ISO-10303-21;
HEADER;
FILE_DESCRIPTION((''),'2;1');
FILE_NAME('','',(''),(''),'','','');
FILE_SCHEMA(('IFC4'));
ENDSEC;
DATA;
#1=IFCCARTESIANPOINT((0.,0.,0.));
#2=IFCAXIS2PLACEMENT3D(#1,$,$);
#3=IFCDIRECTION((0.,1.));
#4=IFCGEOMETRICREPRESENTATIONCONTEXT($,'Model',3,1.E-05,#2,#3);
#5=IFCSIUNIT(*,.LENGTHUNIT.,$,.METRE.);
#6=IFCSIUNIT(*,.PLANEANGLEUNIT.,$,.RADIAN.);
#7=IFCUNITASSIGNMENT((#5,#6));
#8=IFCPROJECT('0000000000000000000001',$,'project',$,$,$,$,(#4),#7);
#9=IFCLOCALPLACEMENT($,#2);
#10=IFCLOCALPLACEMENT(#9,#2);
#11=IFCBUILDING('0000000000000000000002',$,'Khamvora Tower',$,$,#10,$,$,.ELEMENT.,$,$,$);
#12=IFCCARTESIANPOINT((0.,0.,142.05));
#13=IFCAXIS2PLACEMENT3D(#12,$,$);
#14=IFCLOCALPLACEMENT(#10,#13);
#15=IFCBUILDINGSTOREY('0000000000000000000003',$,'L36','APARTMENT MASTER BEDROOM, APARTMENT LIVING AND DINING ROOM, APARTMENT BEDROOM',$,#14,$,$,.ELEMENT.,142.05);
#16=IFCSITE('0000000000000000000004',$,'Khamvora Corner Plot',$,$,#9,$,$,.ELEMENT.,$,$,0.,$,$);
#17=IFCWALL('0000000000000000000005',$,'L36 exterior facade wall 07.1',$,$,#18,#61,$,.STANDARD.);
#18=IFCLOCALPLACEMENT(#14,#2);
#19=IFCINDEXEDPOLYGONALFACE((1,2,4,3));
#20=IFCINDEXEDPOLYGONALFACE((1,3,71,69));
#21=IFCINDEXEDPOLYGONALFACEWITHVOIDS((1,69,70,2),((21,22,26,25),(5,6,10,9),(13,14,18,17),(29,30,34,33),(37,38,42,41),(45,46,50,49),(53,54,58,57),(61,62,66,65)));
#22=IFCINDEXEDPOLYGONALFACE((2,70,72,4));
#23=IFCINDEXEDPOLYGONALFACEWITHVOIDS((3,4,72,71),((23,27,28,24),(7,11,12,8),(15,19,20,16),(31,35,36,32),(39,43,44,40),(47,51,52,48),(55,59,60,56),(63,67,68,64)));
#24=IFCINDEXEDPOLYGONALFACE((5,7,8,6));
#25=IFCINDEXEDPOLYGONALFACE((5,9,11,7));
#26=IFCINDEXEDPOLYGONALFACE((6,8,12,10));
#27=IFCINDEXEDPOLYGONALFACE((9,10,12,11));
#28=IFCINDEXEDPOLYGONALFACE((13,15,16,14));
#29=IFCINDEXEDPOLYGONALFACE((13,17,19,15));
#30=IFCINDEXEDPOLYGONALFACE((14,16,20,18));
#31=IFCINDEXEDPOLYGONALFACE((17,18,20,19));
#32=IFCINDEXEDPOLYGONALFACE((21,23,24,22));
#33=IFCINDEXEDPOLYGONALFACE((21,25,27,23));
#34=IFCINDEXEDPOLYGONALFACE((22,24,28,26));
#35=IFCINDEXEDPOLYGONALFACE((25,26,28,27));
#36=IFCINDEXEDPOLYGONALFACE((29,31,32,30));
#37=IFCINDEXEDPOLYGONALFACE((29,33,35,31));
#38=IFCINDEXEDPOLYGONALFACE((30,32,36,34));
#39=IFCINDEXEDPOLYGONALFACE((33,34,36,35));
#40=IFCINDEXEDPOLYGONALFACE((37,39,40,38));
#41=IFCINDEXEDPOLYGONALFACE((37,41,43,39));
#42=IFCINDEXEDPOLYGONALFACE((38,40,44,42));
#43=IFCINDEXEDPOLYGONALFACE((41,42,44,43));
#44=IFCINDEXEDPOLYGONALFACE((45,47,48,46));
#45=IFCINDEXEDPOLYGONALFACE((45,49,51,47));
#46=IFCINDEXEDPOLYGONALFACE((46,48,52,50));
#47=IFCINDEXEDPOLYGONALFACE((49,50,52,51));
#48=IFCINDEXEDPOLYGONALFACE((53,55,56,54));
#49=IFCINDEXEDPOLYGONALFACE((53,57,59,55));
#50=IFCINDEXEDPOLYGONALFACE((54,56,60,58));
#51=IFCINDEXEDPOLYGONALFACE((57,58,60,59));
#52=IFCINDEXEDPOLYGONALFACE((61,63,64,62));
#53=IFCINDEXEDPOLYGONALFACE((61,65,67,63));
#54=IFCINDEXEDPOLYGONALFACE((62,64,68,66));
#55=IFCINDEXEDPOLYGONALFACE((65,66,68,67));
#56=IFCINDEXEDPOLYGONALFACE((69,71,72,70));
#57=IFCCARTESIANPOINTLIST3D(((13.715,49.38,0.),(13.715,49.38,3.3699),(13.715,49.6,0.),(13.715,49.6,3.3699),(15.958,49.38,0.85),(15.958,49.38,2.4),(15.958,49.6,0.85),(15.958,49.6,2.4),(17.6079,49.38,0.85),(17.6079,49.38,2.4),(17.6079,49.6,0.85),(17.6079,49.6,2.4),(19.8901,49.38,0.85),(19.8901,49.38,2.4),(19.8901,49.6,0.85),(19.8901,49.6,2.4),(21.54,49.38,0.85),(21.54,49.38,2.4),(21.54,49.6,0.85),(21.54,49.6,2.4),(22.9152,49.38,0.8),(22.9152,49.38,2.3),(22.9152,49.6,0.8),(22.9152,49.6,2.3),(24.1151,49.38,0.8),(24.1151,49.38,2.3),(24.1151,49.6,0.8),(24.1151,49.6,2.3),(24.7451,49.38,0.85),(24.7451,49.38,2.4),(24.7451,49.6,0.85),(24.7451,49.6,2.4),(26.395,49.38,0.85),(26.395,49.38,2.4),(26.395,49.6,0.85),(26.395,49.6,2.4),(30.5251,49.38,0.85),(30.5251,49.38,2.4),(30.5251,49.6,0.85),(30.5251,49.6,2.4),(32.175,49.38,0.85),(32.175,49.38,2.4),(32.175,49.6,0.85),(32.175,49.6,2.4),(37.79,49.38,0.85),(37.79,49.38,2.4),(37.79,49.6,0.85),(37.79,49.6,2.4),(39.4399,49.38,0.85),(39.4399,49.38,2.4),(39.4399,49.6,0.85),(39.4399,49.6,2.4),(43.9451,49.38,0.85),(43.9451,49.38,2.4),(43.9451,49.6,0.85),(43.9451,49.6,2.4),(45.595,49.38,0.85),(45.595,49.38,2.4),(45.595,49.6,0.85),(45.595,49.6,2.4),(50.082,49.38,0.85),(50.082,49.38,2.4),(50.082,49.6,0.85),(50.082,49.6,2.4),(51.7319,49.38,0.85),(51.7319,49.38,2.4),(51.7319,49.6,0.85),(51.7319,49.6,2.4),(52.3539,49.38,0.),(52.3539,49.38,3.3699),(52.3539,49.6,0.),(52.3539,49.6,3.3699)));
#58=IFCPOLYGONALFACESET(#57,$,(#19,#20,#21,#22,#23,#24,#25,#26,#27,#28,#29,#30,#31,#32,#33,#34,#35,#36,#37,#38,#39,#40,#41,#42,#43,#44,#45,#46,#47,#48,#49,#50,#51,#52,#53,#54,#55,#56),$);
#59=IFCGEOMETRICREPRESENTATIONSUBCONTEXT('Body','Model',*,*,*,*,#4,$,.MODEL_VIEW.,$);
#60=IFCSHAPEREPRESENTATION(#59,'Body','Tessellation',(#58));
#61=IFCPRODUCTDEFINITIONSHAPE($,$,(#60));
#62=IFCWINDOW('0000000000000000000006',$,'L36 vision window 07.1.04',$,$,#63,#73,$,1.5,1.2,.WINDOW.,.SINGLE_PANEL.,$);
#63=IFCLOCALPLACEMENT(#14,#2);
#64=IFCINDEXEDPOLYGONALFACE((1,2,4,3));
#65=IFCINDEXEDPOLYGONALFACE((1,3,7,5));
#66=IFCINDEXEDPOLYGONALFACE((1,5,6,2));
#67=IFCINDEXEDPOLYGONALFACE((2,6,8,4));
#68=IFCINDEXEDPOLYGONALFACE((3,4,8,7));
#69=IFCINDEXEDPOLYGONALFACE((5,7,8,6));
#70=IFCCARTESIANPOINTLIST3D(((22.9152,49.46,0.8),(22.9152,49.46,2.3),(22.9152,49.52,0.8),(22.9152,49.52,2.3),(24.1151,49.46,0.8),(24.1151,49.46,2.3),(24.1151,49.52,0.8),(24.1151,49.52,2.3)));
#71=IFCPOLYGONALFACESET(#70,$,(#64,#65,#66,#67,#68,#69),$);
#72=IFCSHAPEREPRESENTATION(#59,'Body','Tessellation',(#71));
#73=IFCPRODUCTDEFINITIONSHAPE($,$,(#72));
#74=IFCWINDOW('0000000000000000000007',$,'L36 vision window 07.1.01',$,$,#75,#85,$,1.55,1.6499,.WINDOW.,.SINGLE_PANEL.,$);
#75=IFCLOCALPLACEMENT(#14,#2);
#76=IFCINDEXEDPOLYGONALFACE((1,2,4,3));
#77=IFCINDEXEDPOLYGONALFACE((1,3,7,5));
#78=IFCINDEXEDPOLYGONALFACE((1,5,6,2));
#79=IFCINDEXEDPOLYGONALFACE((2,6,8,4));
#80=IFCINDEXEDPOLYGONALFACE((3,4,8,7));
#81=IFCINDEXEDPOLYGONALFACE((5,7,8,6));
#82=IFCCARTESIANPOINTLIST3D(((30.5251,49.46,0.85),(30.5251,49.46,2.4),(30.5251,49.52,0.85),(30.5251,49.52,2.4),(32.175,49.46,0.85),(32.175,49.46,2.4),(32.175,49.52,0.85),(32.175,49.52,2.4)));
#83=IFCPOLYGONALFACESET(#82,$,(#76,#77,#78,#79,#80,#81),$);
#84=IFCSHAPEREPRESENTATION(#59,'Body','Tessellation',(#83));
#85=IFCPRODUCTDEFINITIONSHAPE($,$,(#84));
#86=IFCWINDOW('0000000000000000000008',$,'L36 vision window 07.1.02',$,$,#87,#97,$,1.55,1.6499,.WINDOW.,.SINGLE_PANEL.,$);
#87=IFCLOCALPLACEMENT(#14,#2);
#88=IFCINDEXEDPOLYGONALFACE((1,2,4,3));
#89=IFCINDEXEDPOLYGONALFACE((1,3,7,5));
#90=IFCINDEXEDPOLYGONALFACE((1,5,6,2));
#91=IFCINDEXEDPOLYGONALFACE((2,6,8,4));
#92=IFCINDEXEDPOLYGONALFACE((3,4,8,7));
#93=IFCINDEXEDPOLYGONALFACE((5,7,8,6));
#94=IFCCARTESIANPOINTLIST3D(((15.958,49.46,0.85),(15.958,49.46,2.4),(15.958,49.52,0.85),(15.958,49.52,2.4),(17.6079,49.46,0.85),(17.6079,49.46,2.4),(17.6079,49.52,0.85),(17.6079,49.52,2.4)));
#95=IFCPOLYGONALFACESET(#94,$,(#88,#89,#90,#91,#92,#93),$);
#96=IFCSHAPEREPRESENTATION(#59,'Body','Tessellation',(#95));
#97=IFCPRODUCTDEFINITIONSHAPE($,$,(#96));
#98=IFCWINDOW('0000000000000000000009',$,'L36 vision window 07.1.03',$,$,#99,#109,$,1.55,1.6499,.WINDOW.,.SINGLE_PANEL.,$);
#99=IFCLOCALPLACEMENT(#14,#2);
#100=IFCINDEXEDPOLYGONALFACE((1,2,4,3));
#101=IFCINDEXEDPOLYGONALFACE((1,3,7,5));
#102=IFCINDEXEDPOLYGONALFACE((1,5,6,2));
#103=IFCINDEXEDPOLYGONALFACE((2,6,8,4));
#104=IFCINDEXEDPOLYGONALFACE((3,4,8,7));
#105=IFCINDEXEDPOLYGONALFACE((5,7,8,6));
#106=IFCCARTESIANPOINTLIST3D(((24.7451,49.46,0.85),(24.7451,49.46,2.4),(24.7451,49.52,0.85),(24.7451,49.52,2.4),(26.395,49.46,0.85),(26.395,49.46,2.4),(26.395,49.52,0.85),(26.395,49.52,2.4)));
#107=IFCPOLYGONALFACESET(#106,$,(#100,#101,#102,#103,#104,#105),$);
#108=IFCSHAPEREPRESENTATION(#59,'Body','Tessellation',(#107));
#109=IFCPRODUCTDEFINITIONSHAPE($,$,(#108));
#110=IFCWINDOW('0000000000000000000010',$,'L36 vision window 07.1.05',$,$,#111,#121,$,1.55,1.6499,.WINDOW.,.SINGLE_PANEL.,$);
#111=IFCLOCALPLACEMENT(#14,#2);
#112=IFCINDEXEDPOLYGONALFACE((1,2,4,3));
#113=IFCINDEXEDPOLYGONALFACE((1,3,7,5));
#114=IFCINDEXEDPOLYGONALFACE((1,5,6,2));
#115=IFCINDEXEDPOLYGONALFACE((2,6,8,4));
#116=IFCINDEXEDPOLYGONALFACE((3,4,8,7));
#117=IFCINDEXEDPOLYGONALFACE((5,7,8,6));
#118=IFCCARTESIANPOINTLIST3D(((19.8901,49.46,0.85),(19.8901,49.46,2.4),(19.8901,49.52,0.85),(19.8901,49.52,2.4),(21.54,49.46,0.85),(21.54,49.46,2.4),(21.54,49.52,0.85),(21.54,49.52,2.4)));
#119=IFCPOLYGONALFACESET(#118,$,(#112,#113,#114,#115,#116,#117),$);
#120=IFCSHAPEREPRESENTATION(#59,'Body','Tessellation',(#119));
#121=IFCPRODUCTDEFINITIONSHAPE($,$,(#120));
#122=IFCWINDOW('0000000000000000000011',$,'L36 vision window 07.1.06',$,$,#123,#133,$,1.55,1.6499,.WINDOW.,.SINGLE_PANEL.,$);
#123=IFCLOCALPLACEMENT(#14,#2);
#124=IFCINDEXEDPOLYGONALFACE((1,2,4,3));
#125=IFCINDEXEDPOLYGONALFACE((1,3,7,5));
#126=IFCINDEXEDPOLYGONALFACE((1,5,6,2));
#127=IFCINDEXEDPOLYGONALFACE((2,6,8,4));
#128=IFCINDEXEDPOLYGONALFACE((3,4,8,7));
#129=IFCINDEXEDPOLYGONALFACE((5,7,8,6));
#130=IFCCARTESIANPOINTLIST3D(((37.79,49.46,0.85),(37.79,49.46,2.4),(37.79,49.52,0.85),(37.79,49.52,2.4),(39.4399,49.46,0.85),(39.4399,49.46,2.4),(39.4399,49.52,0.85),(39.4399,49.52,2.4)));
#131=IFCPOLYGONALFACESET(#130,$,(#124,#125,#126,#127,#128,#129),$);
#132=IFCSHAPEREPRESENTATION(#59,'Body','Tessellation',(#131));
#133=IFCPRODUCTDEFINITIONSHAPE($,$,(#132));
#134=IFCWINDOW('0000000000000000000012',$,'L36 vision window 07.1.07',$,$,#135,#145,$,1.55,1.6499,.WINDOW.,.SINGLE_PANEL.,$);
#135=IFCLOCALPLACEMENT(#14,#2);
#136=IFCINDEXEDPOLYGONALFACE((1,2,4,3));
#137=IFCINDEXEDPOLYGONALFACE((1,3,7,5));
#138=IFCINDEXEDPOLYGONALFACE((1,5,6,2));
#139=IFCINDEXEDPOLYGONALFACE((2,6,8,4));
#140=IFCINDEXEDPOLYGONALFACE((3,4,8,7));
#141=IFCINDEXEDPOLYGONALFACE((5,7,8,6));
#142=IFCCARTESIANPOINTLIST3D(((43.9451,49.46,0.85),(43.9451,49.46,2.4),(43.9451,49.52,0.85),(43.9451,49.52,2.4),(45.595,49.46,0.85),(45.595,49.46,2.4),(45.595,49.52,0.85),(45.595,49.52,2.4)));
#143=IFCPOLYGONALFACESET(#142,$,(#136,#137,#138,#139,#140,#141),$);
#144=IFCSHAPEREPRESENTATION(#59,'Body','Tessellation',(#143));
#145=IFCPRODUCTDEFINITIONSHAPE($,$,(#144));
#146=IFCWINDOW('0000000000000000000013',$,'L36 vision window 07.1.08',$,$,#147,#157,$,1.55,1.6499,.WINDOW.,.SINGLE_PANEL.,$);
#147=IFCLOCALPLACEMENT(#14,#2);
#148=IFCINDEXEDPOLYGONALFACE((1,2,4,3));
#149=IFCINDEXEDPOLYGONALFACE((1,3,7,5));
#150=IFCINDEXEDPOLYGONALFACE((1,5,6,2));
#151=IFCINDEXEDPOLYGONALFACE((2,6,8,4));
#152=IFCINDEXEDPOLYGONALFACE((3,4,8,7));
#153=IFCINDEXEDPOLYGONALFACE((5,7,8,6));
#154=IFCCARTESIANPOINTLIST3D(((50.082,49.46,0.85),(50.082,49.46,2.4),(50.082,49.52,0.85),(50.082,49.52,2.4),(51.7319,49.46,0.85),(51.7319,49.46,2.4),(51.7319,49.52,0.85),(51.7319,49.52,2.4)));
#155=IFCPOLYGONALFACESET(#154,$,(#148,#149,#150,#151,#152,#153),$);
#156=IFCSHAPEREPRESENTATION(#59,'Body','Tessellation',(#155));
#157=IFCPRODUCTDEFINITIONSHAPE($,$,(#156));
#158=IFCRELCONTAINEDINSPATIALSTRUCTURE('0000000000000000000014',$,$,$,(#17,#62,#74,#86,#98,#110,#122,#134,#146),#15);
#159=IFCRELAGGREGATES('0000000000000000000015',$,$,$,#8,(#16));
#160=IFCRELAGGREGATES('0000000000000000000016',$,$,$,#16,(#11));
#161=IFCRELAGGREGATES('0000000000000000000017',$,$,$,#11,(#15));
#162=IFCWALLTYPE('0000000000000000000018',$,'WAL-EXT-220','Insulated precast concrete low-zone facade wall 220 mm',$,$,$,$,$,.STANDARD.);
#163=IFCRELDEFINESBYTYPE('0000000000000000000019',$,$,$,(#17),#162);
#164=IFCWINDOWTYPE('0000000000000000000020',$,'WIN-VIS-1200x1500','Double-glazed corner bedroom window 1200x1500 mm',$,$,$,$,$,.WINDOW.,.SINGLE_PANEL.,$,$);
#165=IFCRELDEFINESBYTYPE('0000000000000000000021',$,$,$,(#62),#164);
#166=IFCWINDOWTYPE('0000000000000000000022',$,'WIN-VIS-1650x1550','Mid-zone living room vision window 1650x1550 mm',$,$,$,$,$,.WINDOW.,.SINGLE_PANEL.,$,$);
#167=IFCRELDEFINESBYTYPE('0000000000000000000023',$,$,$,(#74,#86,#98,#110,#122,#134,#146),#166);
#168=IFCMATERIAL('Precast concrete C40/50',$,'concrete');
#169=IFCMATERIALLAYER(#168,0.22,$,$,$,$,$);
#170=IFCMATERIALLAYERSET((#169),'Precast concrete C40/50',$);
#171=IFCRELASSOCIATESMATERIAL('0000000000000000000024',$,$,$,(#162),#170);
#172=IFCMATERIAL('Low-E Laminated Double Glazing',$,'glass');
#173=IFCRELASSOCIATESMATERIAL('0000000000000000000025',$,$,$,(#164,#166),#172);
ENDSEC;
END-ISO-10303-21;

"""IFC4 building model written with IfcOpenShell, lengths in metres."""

from ifc_helpers import new_model, si_unit, direction, frame, frame_2d, origin, place, context, subcontext, project, spatial, rectangle, extrude, material, layer, layer_set, type_object, element, fill, save


model = new_model("IFC4")

# Units and contexts
model_context = context("Model", 3, precision=1e-05, world=origin(), true_north=direction((0.0, 1.0)))
body_context = subcontext(model_context, "Body", "Model", "MODEL_VIEW")
ifc_project = project(units=[si_unit("LENGTHUNIT", "METRE"), si_unit("PLANEANGLEUNIT", "RADIAN")], contexts=[model_context])

# Site, building, storey
site_placement = place(None, origin())
site = spatial("IfcSite", under=ifc_project, at=site_placement, Name="Khamvora Corner Plot", CompositionType="ELEMENT", RefElevation=0.0)
building_placement = place(site_placement, origin())
building = spatial("IfcBuilding", under=site, at=building_placement, Name="Khamvora Tower", CompositionType="ELEMENT")
storey_placement = place(building_placement, frame((0.0, 0.0, 142.05)))
storey = spatial("IfcBuildingStorey", under=building, at=storey_placement, Name="L36", Description="APARTMENT MASTER BEDROOM, APARTMENT LIVING AND DINING ROOM, APARTMENT BEDROOM", CompositionType="ELEMENT", Elevation=142.05)

# Shared definitions
ifc_material_1 = material(Name="Precast concrete C40/50", Category="concrete")
ifc_layer_1 = layer(ifc_material_1, 0.22)
ifc_layer_set_1 = layer_set([ifc_layer_1], Name="Precast concrete C40/50")
wall_type_1 = type_object("IfcWallType", Name="WAL-EXT-220", Description="Insulated precast concrete low-zone facade wall 220 mm", PredefinedType="STANDARD", material=ifc_layer_set_1)

# Wall, openings, windows
wall_1_placement = place(storey_placement, frame((13.7151, 49.49, 0.0), z_axis=(0.0, 0.0, 1.0), x_axis=(1.0, 0.0, 0.0)))
wall_1 = element("IfcWall", 1, at=wall_1_placement, inside=storey, type_object=wall_type_1, Name="L36 exterior facade wall 07.1", PredefinedType="STANDARD", context=body_context, shape_type="SweptSolid", body=[
    extrude(rectangle(XDim=38.6389, YDim=0.22, at=frame_2d((19.3193, 0.0))), origin(), (0.0, 0.0, 1.0), 3.3699),
])
opening_1_placement = place(wall_1_placement, frame((16.8101, 0.0, 0.8501)))
opening_1 = element("IfcOpeningElement", 2, at=opening_1_placement, cuts=wall_1, PredefinedType="OPENING", context=body_context, shape_type="SweptSolid", body=[
    extrude(rectangle(XDim=1.6499, YDim=1.55, at=frame_2d((0.825, 0.7749))), frame((0.0, 0.1199, 0.0), z_axis=(0.0, -1.0, 0.0), x_axis=(1.0, 0.0, 0.0)), (0.0, 0.0, 1.0), 0.24),
])
opening_2_placement = place(wall_1_placement, frame((2.2429, 0.0, 0.8501)))
opening_2 = element("IfcOpeningElement", 3, at=opening_2_placement, cuts=wall_1, PredefinedType="OPENING", context=body_context, shape_type="SweptSolid", body=[
    extrude(rectangle(XDim=1.6499, YDim=1.55, at=frame_2d((0.825, 0.7749))), frame((0.0, 0.1199, 0.0), z_axis=(0.0, -1.0, 0.0), x_axis=(1.0, 0.0, 0.0)), (0.0, 0.0, 1.0), 0.24),
])
opening_3_placement = place(wall_1_placement, frame((11.03, 0.0, 0.8501)))
opening_3 = element("IfcOpeningElement", 4, at=opening_3_placement, cuts=wall_1, PredefinedType="OPENING", context=body_context, shape_type="SweptSolid", body=[
    extrude(rectangle(XDim=1.6499, YDim=1.55, at=frame_2d((0.825, 0.7749))), frame((0.0, 0.1199, 0.0), z_axis=(0.0, -1.0, 0.0), x_axis=(1.0, 0.0, 0.0)), (0.0, 0.0, 1.0), 0.24),
])
opening_4_placement = place(wall_1_placement, frame((9.2, 0.0, 0.8)))
opening_4 = element("IfcOpeningElement", 5, at=opening_4_placement, cuts=wall_1, PredefinedType="OPENING", context=body_context, shape_type="SweptSolid", body=[
    extrude(rectangle(XDim=1.2, YDim=1.5, at=frame_2d((0.6001, 0.75))), frame((0.0, 0.1199, 0.0), z_axis=(0.0, -1.0, 0.0), x_axis=(1.0, 0.0, 0.0)), (0.0, 0.0, 1.0), 0.24),
])
opening_5_placement = place(wall_1_placement, frame((6.175, 0.0, 0.8501)))
opening_5 = element("IfcOpeningElement", 6, at=opening_5_placement, cuts=wall_1, PredefinedType="OPENING", context=body_context, shape_type="SweptSolid", body=[
    extrude(rectangle(XDim=1.6499, YDim=1.55, at=frame_2d((0.825, 0.7749))), frame((0.0, 0.1199, 0.0), z_axis=(0.0, -1.0, 0.0), x_axis=(1.0, 0.0, 0.0)), (0.0, 0.0, 1.0), 0.24),
])
opening_6_placement = place(wall_1_placement, frame((24.075, 0.0, 0.8501)))
opening_6 = element("IfcOpeningElement", 7, at=opening_6_placement, cuts=wall_1, PredefinedType="OPENING", context=body_context, shape_type="SweptSolid", body=[
    extrude(rectangle(XDim=1.6499, YDim=1.55, at=frame_2d((0.825, 0.7749))), frame((0.0, 0.1199, 0.0), z_axis=(0.0, -1.0, 0.0), x_axis=(1.0, 0.0, 0.0)), (0.0, 0.0, 1.0), 0.24),
])
opening_7_placement = place(wall_1_placement, frame((30.23, 0.0, 0.8501)))
opening_7 = element("IfcOpeningElement", 8, at=opening_7_placement, cuts=wall_1, PredefinedType="OPENING", context=body_context, shape_type="SweptSolid", body=[
    extrude(rectangle(XDim=1.6499, YDim=1.55, at=frame_2d((0.825, 0.7749))), frame((0.0, 0.1199, 0.0), z_axis=(0.0, -1.0, 0.0), x_axis=(1.0, 0.0, 0.0)), (0.0, 0.0, 1.0), 0.24),
])
opening_8_placement = place(wall_1_placement, frame((36.3669, 0.0, 0.8501)))
opening_8 = element("IfcOpeningElement", 9, at=opening_8_placement, cuts=wall_1, PredefinedType="OPENING", context=body_context, shape_type="SweptSolid", body=[
    extrude(rectangle(XDim=1.6499, YDim=1.55, at=frame_2d((0.825, 0.7749))), frame((0.0, 0.1199, 0.0), z_axis=(0.0, -1.0, 0.0), x_axis=(1.0, 0.0, 0.0)), (0.0, 0.0, 1.0), 0.24),
])
ifc_material_2 = material(Name="Low-E Laminated Double Glazing", Category="glass")
window_type_1 = type_object("IfcWindowType", Name="WIN-VIS-1200x1500", Description="Double-glazed corner bedroom window 1200x1500 mm", PartitioningType="SINGLE_PANEL", PredefinedType="WINDOW", material=ifc_material_2)
window_1_placement = place(opening_4_placement, origin())
window_1 = element("IfcWindow", 10, at=window_1_placement, inside=storey, type_object=window_type_1, Name="L36 vision window 07.1.04", OverallHeight=1.5, OverallWidth=1.2, PartitioningType="SINGLE_PANEL", PredefinedType="WINDOW", context=body_context, shape_type="SweptSolid", body=[
    extrude(rectangle(XDim=1.2, YDim=1.5, at=frame_2d((0.6001, 0.75))), frame((0.0, 0.03, 0.0), z_axis=(0.0, -1.0, 0.0), x_axis=(1.0, 0.0, 0.0)), (0.0, 0.0, 1.0), 0.0601),
])
fill(opening_4, window_1)
window_type_2 = type_object("IfcWindowType", Name="WIN-VIS-1650x1550", Description="Mid-zone living room vision window 1650x1550 mm", PartitioningType="SINGLE_PANEL", PredefinedType="WINDOW", material=ifc_material_2)
window_2_placement = place(opening_1_placement, origin())
window_2 = element("IfcWindow", 11, at=window_2_placement, inside=storey, type_object=window_type_2, Name="L36 vision window 07.1.01", OverallHeight=1.55, OverallWidth=1.6499, PartitioningType="SINGLE_PANEL", PredefinedType="WINDOW", context=body_context, shape_type="SweptSolid", body=[
    extrude(rectangle(XDim=1.6499, YDim=1.55, at=frame_2d((0.825, 0.7749))), frame((0.0, 0.03, 0.0), z_axis=(0.0, -1.0, 0.0), x_axis=(1.0, 0.0, 0.0)), (0.0, 0.0, 1.0), 0.0601),
])
fill(opening_1, window_2)
window_3_placement = place(opening_2_placement, origin())
window_3 = element("IfcWindow", 12, at=window_3_placement, inside=storey, type_object=window_type_2, Name="L36 vision window 07.1.02", OverallHeight=1.55, OverallWidth=1.6499, PartitioningType="SINGLE_PANEL", PredefinedType="WINDOW", context=body_context, shape_type="SweptSolid", body=[
    extrude(rectangle(XDim=1.6499, YDim=1.55, at=frame_2d((0.825, 0.7749))), frame((0.0, 0.03, 0.0), z_axis=(0.0, -1.0, 0.0), x_axis=(1.0, 0.0, 0.0)), (0.0, 0.0, 1.0), 0.0601),
])
fill(opening_2, window_3)
window_4_placement = place(opening_3_placement, origin())
window_4 = element("IfcWindow", 13, at=window_4_placement, inside=storey, type_object=window_type_2, Name="L36 vision window 07.1.03", OverallHeight=1.55, OverallWidth=1.6499, PartitioningType="SINGLE_PANEL", PredefinedType="WINDOW", context=body_context, shape_type="SweptSolid", body=[
    extrude(rectangle(XDim=1.6499, YDim=1.55, at=frame_2d((0.825, 0.7749))), frame((0.0, 0.03, 0.0), z_axis=(0.0, -1.0, 0.0), x_axis=(1.0, 0.0, 0.0)), (0.0, 0.0, 1.0), 0.0601),
])
fill(opening_3, window_4)
window_5_placement = place(opening_5_placement, origin())
window_5 = element("IfcWindow", 14, at=window_5_placement, inside=storey, type_object=window_type_2, Name="L36 vision window 07.1.05", OverallHeight=1.55, OverallWidth=1.6499, PartitioningType="SINGLE_PANEL", PredefinedType="WINDOW", context=body_context, shape_type="SweptSolid", body=[
    extrude(rectangle(XDim=1.6499, YDim=1.55, at=frame_2d((0.825, 0.7749))), frame((0.0, 0.03, 0.0), z_axis=(0.0, -1.0, 0.0), x_axis=(1.0, 0.0, 0.0)), (0.0, 0.0, 1.0), 0.0601),
])
fill(opening_5, window_5)
window_6_placement = place(opening_6_placement, origin())
window_6 = element("IfcWindow", 15, at=window_6_placement, inside=storey, type_object=window_type_2, Name="L36 vision window 07.1.06", OverallHeight=1.55, OverallWidth=1.6499, PartitioningType="SINGLE_PANEL", PredefinedType="WINDOW", context=body_context, shape_type="SweptSolid", body=[
    extrude(rectangle(XDim=1.6499, YDim=1.55, at=frame_2d((0.825, 0.7749))), frame((0.0, 0.03, 0.0), z_axis=(0.0, -1.0, 0.0), x_axis=(1.0, 0.0, 0.0)), (0.0, 0.0, 1.0), 0.0601),
])
fill(opening_6, window_6)
window_7_placement = place(opening_7_placement, origin())
window_7 = element("IfcWindow", 16, at=window_7_placement, inside=storey, type_object=window_type_2, Name="L36 vision window 07.1.07", OverallHeight=1.55, OverallWidth=1.6499, PartitioningType="SINGLE_PANEL", PredefinedType="WINDOW", context=body_context, shape_type="SweptSolid", body=[
    extrude(rectangle(XDim=1.6499, YDim=1.55, at=frame_2d((0.825, 0.7749))), frame((0.0, 0.03, 0.0), z_axis=(0.0, -1.0, 0.0), x_axis=(1.0, 0.0, 0.0)), (0.0, 0.0, 1.0), 0.0601),
])
fill(opening_7, window_7)
window_8_placement = place(opening_8_placement, origin())
window_8 = element("IfcWindow", 17, at=window_8_placement, inside=storey, type_object=window_type_2, Name="L36 vision window 07.1.08", OverallHeight=1.55, OverallWidth=1.6499, PartitioningType="SINGLE_PANEL", PredefinedType="WINDOW", context=body_context, shape_type="SweptSolid", body=[
    extrude(rectangle(XDim=1.6499, YDim=1.55, at=frame_2d((0.825, 0.7749))), frame((0.0, 0.03, 0.0), z_axis=(0.0, -1.0, 0.0), x_axis=(1.0, 0.0, 0.0)), (0.0, 0.0, 1.0), 0.0601),
])
fill(opening_8, window_8)

save(model, "model.ifc")
